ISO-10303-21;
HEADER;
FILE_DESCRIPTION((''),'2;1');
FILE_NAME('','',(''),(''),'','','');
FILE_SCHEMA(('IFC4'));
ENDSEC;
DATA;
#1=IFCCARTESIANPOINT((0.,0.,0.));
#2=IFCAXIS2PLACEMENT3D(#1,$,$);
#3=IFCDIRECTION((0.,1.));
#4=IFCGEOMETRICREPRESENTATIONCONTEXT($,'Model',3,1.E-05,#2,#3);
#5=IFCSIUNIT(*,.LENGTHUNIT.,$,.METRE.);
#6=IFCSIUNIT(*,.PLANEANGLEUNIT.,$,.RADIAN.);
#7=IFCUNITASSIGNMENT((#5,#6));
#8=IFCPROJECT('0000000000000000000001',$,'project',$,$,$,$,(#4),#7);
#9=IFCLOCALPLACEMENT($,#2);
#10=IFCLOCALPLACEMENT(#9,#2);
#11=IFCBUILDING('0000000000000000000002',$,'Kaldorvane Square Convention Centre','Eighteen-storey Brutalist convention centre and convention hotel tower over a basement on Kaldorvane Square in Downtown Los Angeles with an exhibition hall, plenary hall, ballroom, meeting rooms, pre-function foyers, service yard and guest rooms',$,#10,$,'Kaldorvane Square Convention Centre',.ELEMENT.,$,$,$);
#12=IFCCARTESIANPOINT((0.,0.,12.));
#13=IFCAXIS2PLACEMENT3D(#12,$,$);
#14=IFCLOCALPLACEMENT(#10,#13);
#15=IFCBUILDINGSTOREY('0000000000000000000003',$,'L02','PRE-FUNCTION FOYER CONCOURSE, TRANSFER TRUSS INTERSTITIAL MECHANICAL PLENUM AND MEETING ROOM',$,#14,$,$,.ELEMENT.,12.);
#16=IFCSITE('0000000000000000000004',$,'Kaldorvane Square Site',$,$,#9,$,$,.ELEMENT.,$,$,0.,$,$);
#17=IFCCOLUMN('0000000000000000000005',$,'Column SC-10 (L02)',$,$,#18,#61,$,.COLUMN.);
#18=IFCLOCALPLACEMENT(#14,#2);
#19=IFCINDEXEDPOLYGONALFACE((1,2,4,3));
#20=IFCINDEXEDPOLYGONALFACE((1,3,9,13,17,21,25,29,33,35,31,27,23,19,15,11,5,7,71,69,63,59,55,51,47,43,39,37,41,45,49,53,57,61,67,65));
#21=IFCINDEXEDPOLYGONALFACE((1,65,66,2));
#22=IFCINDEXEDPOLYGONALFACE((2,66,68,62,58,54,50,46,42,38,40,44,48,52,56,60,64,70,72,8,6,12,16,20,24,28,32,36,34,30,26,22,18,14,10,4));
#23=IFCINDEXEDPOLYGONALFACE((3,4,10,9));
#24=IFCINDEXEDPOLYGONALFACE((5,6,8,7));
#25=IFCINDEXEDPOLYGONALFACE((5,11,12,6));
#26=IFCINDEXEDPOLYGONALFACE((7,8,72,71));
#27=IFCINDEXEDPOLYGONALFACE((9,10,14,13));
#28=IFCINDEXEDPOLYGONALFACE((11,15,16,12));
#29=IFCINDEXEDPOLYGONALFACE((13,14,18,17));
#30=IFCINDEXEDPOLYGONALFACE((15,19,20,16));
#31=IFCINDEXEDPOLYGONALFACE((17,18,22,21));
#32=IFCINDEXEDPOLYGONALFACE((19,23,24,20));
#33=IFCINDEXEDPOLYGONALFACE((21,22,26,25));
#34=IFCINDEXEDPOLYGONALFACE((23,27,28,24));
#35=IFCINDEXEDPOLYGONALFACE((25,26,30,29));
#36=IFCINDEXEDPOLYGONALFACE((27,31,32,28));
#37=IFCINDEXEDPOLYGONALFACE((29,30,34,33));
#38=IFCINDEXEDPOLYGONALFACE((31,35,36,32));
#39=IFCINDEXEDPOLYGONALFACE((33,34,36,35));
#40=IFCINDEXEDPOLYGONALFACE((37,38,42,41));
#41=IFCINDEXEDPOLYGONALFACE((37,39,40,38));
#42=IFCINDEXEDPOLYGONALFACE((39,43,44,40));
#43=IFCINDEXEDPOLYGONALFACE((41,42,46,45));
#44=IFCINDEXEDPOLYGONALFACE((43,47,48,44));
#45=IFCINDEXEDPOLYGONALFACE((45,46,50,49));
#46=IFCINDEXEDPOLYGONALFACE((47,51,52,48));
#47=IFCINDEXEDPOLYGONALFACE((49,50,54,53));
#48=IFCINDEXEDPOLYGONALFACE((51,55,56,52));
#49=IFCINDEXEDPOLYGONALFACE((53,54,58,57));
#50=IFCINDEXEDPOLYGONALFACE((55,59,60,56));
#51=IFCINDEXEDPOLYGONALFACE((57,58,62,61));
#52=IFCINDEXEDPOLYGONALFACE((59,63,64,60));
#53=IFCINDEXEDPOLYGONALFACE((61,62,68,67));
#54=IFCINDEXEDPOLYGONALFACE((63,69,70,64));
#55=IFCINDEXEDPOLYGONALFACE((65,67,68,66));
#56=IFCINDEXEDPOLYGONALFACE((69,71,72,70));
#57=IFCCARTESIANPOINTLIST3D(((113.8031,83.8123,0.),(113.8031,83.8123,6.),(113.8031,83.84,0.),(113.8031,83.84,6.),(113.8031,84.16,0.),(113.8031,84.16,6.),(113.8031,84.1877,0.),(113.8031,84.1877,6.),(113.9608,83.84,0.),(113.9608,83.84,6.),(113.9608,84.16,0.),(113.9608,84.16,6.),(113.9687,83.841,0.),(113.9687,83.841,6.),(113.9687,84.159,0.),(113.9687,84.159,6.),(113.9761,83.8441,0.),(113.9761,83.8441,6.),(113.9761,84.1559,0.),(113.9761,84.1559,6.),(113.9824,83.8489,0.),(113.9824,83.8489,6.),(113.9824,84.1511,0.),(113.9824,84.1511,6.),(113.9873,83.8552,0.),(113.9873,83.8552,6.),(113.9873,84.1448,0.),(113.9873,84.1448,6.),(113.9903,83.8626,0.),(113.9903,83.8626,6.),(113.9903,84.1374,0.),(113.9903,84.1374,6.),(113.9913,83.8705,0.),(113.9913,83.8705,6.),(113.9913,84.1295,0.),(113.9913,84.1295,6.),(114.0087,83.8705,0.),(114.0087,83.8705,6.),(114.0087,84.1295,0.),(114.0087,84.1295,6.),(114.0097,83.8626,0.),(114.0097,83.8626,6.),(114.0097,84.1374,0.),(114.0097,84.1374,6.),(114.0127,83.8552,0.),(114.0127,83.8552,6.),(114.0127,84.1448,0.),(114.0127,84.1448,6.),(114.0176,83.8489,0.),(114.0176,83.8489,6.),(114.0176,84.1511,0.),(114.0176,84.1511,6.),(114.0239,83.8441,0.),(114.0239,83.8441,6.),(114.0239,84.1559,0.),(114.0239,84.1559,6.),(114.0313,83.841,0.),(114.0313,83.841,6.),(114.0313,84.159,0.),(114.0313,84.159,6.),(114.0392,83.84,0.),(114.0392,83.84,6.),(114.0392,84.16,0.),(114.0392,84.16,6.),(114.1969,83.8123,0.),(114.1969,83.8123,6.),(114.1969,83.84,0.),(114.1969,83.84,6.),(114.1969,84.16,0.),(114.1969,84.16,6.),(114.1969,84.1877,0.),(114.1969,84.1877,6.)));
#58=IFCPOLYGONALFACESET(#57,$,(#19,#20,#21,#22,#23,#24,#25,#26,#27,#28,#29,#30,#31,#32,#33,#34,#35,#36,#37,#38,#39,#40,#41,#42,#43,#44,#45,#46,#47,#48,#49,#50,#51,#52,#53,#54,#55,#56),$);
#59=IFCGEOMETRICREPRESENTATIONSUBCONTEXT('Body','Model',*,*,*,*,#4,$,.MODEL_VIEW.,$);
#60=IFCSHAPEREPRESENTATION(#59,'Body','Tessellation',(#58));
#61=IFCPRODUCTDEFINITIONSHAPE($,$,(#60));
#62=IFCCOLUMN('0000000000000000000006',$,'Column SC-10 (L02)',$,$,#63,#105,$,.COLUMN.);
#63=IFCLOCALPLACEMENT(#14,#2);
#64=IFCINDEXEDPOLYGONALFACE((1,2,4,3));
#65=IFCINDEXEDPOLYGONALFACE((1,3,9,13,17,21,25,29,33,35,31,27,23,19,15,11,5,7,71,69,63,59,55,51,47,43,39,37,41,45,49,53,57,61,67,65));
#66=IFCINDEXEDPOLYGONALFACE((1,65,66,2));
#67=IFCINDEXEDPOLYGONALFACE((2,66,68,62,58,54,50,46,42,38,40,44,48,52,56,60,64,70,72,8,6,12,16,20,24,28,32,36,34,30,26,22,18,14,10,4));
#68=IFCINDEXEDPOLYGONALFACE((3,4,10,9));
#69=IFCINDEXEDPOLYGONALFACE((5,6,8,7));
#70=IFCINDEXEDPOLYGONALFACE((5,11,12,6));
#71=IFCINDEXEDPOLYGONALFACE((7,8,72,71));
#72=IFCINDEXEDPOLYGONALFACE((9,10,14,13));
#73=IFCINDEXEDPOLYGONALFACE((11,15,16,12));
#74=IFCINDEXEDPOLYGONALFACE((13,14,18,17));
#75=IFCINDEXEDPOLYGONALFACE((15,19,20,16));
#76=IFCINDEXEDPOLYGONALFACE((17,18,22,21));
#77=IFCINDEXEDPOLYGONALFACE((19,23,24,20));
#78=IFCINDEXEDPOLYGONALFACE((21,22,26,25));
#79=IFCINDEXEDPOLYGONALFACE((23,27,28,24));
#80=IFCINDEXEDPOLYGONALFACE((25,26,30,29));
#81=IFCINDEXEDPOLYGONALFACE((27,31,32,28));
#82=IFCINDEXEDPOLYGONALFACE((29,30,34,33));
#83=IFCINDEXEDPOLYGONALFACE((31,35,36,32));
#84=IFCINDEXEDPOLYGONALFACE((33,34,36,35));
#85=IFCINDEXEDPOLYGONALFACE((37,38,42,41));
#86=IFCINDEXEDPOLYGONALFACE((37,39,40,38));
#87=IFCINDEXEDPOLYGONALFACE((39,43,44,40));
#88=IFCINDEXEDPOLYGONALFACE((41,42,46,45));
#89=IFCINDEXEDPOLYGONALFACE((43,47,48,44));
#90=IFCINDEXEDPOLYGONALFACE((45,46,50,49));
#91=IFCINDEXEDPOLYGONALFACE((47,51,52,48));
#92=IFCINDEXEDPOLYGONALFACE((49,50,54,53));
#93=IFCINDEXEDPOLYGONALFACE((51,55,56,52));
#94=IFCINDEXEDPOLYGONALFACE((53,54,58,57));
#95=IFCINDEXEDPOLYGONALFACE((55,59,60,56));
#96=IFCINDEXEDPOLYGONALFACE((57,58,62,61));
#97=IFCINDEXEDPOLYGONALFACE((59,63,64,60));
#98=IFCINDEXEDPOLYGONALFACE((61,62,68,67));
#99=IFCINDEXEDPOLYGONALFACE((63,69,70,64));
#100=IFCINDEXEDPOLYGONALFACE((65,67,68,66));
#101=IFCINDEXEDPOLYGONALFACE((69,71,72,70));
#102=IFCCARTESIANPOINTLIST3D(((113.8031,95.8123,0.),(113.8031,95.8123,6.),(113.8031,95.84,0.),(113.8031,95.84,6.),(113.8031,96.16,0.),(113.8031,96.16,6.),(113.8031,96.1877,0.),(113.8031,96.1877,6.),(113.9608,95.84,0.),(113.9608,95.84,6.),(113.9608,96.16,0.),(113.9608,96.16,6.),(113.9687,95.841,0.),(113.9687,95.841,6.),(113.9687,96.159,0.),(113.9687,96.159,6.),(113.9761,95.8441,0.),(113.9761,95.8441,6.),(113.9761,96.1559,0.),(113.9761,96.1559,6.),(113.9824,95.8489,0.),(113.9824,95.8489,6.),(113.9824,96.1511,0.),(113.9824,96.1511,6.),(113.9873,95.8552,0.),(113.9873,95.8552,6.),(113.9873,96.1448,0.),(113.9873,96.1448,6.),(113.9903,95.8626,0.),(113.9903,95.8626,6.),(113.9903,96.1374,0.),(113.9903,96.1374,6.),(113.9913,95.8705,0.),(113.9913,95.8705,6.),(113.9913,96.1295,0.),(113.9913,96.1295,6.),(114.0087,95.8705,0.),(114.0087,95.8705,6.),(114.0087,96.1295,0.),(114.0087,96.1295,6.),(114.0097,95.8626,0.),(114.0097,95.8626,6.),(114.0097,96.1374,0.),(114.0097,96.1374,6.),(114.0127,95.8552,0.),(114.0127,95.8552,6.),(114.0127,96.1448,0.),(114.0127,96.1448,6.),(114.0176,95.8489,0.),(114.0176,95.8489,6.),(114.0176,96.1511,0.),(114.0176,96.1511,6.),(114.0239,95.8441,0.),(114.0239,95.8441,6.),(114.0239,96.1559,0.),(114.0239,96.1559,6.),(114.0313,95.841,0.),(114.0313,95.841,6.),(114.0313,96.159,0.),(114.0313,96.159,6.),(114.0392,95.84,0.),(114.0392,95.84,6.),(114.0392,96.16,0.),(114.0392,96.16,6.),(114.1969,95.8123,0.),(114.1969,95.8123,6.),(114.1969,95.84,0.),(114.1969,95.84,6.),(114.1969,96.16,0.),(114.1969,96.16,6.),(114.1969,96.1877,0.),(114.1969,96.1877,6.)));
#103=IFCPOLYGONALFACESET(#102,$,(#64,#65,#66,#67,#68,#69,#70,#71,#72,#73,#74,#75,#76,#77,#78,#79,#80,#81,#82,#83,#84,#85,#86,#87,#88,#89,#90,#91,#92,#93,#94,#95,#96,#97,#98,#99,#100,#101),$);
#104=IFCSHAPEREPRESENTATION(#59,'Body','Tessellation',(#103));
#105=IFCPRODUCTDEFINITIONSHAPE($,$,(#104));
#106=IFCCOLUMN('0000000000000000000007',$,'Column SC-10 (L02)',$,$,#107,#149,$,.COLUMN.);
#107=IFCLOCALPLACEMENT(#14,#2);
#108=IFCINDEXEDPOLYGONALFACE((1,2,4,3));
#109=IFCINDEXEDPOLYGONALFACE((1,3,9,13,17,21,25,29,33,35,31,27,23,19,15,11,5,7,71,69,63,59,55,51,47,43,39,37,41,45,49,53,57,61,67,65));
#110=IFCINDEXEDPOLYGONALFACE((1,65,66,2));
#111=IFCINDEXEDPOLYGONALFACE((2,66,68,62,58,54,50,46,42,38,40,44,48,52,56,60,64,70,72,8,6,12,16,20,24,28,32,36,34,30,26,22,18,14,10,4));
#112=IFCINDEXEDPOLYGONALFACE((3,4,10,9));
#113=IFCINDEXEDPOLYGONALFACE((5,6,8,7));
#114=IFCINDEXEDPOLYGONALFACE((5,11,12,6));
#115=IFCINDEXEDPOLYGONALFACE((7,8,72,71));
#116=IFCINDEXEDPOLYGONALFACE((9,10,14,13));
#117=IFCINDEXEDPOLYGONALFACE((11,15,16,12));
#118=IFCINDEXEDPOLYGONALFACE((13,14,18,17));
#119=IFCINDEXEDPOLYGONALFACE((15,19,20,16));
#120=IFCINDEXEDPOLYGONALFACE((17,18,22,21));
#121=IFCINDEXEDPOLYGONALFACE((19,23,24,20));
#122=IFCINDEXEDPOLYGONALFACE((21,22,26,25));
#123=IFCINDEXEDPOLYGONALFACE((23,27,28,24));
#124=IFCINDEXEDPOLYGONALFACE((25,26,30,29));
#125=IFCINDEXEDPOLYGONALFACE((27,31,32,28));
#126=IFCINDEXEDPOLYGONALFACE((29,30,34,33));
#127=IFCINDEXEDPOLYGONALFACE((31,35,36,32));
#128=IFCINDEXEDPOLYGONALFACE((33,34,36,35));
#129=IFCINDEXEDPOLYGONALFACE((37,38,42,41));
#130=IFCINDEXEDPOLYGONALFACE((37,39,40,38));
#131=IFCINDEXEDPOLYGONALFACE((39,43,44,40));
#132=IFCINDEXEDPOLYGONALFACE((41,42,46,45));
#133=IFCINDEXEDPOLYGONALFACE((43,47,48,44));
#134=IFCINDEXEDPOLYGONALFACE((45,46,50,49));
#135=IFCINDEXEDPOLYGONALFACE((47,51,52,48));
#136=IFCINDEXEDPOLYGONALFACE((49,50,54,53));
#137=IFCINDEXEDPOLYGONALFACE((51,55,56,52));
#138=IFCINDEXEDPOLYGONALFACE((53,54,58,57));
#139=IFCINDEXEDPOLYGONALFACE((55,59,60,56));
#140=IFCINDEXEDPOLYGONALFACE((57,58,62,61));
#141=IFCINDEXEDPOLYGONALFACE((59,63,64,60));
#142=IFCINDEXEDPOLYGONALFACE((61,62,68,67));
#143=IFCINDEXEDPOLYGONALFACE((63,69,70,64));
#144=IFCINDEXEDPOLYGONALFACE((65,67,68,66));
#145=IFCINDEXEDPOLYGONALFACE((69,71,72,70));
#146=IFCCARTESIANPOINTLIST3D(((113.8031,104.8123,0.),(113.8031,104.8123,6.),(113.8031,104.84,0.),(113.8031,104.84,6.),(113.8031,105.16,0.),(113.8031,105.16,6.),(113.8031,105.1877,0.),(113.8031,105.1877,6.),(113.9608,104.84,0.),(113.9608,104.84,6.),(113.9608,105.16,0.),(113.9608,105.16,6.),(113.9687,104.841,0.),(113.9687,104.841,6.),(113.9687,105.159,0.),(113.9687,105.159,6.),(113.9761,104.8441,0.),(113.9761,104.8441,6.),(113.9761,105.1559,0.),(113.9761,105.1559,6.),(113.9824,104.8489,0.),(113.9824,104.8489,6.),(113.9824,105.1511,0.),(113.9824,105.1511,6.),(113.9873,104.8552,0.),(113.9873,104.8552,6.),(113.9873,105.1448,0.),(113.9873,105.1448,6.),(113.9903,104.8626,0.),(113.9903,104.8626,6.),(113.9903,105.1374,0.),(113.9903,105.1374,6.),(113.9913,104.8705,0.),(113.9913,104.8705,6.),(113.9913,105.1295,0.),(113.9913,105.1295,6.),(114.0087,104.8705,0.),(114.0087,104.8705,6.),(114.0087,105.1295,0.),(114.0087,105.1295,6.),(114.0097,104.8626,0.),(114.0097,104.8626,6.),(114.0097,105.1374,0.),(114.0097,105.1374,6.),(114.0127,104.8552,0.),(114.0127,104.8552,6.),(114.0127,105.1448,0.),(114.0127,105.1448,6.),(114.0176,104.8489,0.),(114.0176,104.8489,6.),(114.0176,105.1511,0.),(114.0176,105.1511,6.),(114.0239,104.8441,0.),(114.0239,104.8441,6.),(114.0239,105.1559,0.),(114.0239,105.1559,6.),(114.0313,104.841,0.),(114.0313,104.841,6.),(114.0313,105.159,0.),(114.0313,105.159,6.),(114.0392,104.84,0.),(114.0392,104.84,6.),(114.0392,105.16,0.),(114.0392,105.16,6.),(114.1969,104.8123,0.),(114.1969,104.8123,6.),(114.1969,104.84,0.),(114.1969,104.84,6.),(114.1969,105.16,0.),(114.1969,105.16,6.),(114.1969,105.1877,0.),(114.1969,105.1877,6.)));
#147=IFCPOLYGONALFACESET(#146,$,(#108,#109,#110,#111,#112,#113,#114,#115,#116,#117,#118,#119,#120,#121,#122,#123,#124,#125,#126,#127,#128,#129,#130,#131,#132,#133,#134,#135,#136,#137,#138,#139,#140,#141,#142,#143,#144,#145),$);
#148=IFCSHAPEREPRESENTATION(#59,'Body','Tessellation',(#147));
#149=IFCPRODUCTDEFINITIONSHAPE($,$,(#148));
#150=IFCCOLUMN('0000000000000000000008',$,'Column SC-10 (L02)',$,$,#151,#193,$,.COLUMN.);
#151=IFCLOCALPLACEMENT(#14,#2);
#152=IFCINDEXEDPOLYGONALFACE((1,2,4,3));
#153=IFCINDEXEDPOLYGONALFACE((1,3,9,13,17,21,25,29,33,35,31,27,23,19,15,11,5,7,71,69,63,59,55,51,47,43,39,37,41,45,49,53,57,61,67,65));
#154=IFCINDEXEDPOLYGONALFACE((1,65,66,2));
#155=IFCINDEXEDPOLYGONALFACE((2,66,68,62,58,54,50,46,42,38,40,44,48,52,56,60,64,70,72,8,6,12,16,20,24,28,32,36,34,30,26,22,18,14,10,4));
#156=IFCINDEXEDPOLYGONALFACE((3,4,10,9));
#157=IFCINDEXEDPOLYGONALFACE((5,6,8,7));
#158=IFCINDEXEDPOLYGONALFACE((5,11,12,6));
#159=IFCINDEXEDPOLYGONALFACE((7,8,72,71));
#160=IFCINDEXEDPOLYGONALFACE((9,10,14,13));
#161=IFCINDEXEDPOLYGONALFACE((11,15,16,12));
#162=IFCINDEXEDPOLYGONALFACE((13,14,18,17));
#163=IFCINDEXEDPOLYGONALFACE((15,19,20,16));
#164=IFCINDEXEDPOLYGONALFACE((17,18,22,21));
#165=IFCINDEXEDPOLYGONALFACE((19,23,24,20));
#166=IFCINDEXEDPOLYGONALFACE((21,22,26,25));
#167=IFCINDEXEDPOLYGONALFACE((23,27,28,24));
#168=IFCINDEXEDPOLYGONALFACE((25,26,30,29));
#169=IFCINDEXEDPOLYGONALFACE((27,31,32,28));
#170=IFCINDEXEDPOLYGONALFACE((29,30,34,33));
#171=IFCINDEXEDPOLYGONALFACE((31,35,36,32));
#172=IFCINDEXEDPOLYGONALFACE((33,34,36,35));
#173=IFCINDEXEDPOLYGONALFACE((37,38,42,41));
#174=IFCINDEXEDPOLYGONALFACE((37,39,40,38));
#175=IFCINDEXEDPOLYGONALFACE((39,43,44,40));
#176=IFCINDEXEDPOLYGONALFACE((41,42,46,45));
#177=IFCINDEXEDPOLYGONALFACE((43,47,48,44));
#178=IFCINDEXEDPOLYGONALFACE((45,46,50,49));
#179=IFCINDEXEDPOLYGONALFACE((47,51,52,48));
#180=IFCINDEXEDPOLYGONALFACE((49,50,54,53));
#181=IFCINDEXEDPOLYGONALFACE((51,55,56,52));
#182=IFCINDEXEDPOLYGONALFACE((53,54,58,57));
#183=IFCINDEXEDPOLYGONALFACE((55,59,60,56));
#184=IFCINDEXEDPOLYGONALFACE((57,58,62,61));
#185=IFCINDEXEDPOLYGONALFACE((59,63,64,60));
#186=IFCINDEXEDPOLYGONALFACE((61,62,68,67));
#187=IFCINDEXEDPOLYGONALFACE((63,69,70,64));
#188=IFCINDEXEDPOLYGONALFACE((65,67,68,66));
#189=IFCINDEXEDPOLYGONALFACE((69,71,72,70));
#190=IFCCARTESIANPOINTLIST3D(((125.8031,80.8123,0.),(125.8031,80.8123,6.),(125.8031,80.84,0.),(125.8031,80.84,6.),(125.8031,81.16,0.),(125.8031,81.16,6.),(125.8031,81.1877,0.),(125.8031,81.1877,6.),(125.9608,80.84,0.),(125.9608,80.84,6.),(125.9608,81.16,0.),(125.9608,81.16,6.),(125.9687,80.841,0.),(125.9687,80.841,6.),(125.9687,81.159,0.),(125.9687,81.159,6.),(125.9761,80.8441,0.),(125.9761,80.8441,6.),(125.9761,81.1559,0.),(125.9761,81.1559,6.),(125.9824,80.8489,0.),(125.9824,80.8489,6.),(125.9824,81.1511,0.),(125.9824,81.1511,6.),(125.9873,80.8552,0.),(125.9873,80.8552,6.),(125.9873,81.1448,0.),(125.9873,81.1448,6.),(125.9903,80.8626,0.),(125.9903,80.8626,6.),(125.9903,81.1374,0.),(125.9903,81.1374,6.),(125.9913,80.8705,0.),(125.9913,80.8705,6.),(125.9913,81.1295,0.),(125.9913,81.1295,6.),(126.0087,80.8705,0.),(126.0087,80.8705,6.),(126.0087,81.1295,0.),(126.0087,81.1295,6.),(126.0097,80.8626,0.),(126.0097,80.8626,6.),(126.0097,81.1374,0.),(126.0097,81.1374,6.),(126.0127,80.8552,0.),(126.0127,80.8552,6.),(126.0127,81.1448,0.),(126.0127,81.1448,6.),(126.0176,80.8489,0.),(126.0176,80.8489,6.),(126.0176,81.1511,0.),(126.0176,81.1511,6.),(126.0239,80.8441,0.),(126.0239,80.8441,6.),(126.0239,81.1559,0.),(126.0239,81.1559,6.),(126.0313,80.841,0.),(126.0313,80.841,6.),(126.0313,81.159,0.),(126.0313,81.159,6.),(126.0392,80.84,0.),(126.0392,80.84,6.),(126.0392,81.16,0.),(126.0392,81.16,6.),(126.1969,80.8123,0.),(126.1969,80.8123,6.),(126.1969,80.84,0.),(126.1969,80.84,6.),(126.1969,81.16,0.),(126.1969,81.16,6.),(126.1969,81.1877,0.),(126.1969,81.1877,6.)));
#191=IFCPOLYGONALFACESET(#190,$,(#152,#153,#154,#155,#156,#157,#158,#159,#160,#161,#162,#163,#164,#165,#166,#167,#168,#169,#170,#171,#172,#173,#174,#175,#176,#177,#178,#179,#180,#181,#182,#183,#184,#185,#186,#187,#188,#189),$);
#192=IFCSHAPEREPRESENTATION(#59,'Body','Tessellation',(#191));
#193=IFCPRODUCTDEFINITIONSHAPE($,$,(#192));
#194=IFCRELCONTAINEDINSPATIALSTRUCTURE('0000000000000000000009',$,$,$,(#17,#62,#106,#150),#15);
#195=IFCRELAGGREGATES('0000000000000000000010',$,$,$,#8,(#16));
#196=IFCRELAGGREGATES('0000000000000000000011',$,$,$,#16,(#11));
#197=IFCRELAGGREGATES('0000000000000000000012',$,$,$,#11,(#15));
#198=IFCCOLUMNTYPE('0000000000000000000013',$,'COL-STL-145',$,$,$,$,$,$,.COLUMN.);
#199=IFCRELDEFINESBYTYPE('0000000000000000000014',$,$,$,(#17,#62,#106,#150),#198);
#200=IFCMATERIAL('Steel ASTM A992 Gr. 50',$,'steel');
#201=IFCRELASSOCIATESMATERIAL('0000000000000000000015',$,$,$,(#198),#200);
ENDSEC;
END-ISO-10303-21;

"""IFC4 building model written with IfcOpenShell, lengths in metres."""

from ifc_helpers import new_model, si_unit, direction, frame, origin, origin_2d, place, context, subcontext, project, spatial, i_section, extrude, material, material_profile, profile_set, type_object, element, save


model = new_model("IFC4")

# Units and contexts
model_context = context("Model", 3, precision=1e-05, world=origin(), true_north=direction((0.0, 1.0)))
body_context = subcontext(model_context, "Body", "Model", "MODEL_VIEW")
ifc_project = project(units=[si_unit("LENGTHUNIT", "METRE"), si_unit("PLANEANGLEUNIT", "RADIAN")], contexts=[model_context])

# Site, building, storey
site_placement = place(None, origin())
site = spatial("IfcSite", under=ifc_project, at=site_placement, Name="Kaldorvane Square Site", CompositionType="ELEMENT", RefElevation=0.0)
building_placement = place(site_placement, origin())
building = spatial("IfcBuilding", under=site, at=building_placement, Name="Kaldorvane Square Convention Centre", Description="Eighteen-storey Brutalist convention centre and convention hotel tower over a basement on Kaldorvane Square in Downtown Los Angeles with an exhibition hall, plenary hall, ballroom, meeting rooms, pre-function foyers, service yard and guest rooms", LongName="Kaldorvane Square Convention Centre", CompositionType="ELEMENT")
storey_placement = place(building_placement, frame((0.0, 0.0, 12.0)))
storey = spatial("IfcBuildingStorey", under=building, at=storey_placement, Name="L02", Description="PRE-FUNCTION FOYER CONCOURSE, TRANSFER TRUSS INTERSTITIAL MECHANICAL PLENUM AND MEETING ROOM", CompositionType="ELEMENT", Elevation=12.0)

# Columns
ifc_material_1 = material(Name="Steel ASTM A992 Gr. 50", Category="steel")
ifc_material_profile_1 = material_profile(ifc_material_1, i_section(OverallWidth=0.3937, OverallDepth=0.3754, WebThickness=0.0173, FlangeThickness=0.0277, FilletRadius=0.0305, at=origin_2d()), Name="W14X145")
ifc_profile_set_1 = profile_set([ifc_material_profile_1], Name="Steel ASTM A992 Gr. 50")
column_type = type_object("IfcColumnType", Name="COL-STL-145", PredefinedType="COLUMN", material=ifc_profile_set_1)
for number, where, z_axis, x_axis, name in (
    (1, (114.0, 84.0, 0.0), (0.0, 0.0, 1.0), (1.0, 0.0, 0.0), "Column SC-10 (L02)"),
    (2, (114.0, 96.0, 0.0), (0.0, 0.0, 1.0), (1.0, 0.0, 0.0), "Column SC-10 (L02)"),
    (3, (114.0, 105.0, 0.0), (0.0, 0.0, 1.0), (1.0, 0.0, 0.0), "Column SC-10 (L02)"),
    (4, (126.0, 81.0, 0.0), (0.0, 0.0, 1.0), (1.0, 0.0, 0.0), "Column SC-10 (L02)"),
):
    element("IfcColumn", number, at=place(storey_placement, frame(where, z_axis=z_axis, x_axis=x_axis)), inside=storey, type_object=column_type, Name=name, PredefinedType="COLUMN", context=body_context, shape_type="SweptSolid", body=[
        extrude(i_section(OverallWidth=0.3937, OverallDepth=0.3754, WebThickness=0.0173, FlangeThickness=0.0277, FilletRadius=0.0305, at=origin_2d()), origin(), (0.0, 0.0, 1.0), 6.0),
    ])

save(model, "model.ifc")
